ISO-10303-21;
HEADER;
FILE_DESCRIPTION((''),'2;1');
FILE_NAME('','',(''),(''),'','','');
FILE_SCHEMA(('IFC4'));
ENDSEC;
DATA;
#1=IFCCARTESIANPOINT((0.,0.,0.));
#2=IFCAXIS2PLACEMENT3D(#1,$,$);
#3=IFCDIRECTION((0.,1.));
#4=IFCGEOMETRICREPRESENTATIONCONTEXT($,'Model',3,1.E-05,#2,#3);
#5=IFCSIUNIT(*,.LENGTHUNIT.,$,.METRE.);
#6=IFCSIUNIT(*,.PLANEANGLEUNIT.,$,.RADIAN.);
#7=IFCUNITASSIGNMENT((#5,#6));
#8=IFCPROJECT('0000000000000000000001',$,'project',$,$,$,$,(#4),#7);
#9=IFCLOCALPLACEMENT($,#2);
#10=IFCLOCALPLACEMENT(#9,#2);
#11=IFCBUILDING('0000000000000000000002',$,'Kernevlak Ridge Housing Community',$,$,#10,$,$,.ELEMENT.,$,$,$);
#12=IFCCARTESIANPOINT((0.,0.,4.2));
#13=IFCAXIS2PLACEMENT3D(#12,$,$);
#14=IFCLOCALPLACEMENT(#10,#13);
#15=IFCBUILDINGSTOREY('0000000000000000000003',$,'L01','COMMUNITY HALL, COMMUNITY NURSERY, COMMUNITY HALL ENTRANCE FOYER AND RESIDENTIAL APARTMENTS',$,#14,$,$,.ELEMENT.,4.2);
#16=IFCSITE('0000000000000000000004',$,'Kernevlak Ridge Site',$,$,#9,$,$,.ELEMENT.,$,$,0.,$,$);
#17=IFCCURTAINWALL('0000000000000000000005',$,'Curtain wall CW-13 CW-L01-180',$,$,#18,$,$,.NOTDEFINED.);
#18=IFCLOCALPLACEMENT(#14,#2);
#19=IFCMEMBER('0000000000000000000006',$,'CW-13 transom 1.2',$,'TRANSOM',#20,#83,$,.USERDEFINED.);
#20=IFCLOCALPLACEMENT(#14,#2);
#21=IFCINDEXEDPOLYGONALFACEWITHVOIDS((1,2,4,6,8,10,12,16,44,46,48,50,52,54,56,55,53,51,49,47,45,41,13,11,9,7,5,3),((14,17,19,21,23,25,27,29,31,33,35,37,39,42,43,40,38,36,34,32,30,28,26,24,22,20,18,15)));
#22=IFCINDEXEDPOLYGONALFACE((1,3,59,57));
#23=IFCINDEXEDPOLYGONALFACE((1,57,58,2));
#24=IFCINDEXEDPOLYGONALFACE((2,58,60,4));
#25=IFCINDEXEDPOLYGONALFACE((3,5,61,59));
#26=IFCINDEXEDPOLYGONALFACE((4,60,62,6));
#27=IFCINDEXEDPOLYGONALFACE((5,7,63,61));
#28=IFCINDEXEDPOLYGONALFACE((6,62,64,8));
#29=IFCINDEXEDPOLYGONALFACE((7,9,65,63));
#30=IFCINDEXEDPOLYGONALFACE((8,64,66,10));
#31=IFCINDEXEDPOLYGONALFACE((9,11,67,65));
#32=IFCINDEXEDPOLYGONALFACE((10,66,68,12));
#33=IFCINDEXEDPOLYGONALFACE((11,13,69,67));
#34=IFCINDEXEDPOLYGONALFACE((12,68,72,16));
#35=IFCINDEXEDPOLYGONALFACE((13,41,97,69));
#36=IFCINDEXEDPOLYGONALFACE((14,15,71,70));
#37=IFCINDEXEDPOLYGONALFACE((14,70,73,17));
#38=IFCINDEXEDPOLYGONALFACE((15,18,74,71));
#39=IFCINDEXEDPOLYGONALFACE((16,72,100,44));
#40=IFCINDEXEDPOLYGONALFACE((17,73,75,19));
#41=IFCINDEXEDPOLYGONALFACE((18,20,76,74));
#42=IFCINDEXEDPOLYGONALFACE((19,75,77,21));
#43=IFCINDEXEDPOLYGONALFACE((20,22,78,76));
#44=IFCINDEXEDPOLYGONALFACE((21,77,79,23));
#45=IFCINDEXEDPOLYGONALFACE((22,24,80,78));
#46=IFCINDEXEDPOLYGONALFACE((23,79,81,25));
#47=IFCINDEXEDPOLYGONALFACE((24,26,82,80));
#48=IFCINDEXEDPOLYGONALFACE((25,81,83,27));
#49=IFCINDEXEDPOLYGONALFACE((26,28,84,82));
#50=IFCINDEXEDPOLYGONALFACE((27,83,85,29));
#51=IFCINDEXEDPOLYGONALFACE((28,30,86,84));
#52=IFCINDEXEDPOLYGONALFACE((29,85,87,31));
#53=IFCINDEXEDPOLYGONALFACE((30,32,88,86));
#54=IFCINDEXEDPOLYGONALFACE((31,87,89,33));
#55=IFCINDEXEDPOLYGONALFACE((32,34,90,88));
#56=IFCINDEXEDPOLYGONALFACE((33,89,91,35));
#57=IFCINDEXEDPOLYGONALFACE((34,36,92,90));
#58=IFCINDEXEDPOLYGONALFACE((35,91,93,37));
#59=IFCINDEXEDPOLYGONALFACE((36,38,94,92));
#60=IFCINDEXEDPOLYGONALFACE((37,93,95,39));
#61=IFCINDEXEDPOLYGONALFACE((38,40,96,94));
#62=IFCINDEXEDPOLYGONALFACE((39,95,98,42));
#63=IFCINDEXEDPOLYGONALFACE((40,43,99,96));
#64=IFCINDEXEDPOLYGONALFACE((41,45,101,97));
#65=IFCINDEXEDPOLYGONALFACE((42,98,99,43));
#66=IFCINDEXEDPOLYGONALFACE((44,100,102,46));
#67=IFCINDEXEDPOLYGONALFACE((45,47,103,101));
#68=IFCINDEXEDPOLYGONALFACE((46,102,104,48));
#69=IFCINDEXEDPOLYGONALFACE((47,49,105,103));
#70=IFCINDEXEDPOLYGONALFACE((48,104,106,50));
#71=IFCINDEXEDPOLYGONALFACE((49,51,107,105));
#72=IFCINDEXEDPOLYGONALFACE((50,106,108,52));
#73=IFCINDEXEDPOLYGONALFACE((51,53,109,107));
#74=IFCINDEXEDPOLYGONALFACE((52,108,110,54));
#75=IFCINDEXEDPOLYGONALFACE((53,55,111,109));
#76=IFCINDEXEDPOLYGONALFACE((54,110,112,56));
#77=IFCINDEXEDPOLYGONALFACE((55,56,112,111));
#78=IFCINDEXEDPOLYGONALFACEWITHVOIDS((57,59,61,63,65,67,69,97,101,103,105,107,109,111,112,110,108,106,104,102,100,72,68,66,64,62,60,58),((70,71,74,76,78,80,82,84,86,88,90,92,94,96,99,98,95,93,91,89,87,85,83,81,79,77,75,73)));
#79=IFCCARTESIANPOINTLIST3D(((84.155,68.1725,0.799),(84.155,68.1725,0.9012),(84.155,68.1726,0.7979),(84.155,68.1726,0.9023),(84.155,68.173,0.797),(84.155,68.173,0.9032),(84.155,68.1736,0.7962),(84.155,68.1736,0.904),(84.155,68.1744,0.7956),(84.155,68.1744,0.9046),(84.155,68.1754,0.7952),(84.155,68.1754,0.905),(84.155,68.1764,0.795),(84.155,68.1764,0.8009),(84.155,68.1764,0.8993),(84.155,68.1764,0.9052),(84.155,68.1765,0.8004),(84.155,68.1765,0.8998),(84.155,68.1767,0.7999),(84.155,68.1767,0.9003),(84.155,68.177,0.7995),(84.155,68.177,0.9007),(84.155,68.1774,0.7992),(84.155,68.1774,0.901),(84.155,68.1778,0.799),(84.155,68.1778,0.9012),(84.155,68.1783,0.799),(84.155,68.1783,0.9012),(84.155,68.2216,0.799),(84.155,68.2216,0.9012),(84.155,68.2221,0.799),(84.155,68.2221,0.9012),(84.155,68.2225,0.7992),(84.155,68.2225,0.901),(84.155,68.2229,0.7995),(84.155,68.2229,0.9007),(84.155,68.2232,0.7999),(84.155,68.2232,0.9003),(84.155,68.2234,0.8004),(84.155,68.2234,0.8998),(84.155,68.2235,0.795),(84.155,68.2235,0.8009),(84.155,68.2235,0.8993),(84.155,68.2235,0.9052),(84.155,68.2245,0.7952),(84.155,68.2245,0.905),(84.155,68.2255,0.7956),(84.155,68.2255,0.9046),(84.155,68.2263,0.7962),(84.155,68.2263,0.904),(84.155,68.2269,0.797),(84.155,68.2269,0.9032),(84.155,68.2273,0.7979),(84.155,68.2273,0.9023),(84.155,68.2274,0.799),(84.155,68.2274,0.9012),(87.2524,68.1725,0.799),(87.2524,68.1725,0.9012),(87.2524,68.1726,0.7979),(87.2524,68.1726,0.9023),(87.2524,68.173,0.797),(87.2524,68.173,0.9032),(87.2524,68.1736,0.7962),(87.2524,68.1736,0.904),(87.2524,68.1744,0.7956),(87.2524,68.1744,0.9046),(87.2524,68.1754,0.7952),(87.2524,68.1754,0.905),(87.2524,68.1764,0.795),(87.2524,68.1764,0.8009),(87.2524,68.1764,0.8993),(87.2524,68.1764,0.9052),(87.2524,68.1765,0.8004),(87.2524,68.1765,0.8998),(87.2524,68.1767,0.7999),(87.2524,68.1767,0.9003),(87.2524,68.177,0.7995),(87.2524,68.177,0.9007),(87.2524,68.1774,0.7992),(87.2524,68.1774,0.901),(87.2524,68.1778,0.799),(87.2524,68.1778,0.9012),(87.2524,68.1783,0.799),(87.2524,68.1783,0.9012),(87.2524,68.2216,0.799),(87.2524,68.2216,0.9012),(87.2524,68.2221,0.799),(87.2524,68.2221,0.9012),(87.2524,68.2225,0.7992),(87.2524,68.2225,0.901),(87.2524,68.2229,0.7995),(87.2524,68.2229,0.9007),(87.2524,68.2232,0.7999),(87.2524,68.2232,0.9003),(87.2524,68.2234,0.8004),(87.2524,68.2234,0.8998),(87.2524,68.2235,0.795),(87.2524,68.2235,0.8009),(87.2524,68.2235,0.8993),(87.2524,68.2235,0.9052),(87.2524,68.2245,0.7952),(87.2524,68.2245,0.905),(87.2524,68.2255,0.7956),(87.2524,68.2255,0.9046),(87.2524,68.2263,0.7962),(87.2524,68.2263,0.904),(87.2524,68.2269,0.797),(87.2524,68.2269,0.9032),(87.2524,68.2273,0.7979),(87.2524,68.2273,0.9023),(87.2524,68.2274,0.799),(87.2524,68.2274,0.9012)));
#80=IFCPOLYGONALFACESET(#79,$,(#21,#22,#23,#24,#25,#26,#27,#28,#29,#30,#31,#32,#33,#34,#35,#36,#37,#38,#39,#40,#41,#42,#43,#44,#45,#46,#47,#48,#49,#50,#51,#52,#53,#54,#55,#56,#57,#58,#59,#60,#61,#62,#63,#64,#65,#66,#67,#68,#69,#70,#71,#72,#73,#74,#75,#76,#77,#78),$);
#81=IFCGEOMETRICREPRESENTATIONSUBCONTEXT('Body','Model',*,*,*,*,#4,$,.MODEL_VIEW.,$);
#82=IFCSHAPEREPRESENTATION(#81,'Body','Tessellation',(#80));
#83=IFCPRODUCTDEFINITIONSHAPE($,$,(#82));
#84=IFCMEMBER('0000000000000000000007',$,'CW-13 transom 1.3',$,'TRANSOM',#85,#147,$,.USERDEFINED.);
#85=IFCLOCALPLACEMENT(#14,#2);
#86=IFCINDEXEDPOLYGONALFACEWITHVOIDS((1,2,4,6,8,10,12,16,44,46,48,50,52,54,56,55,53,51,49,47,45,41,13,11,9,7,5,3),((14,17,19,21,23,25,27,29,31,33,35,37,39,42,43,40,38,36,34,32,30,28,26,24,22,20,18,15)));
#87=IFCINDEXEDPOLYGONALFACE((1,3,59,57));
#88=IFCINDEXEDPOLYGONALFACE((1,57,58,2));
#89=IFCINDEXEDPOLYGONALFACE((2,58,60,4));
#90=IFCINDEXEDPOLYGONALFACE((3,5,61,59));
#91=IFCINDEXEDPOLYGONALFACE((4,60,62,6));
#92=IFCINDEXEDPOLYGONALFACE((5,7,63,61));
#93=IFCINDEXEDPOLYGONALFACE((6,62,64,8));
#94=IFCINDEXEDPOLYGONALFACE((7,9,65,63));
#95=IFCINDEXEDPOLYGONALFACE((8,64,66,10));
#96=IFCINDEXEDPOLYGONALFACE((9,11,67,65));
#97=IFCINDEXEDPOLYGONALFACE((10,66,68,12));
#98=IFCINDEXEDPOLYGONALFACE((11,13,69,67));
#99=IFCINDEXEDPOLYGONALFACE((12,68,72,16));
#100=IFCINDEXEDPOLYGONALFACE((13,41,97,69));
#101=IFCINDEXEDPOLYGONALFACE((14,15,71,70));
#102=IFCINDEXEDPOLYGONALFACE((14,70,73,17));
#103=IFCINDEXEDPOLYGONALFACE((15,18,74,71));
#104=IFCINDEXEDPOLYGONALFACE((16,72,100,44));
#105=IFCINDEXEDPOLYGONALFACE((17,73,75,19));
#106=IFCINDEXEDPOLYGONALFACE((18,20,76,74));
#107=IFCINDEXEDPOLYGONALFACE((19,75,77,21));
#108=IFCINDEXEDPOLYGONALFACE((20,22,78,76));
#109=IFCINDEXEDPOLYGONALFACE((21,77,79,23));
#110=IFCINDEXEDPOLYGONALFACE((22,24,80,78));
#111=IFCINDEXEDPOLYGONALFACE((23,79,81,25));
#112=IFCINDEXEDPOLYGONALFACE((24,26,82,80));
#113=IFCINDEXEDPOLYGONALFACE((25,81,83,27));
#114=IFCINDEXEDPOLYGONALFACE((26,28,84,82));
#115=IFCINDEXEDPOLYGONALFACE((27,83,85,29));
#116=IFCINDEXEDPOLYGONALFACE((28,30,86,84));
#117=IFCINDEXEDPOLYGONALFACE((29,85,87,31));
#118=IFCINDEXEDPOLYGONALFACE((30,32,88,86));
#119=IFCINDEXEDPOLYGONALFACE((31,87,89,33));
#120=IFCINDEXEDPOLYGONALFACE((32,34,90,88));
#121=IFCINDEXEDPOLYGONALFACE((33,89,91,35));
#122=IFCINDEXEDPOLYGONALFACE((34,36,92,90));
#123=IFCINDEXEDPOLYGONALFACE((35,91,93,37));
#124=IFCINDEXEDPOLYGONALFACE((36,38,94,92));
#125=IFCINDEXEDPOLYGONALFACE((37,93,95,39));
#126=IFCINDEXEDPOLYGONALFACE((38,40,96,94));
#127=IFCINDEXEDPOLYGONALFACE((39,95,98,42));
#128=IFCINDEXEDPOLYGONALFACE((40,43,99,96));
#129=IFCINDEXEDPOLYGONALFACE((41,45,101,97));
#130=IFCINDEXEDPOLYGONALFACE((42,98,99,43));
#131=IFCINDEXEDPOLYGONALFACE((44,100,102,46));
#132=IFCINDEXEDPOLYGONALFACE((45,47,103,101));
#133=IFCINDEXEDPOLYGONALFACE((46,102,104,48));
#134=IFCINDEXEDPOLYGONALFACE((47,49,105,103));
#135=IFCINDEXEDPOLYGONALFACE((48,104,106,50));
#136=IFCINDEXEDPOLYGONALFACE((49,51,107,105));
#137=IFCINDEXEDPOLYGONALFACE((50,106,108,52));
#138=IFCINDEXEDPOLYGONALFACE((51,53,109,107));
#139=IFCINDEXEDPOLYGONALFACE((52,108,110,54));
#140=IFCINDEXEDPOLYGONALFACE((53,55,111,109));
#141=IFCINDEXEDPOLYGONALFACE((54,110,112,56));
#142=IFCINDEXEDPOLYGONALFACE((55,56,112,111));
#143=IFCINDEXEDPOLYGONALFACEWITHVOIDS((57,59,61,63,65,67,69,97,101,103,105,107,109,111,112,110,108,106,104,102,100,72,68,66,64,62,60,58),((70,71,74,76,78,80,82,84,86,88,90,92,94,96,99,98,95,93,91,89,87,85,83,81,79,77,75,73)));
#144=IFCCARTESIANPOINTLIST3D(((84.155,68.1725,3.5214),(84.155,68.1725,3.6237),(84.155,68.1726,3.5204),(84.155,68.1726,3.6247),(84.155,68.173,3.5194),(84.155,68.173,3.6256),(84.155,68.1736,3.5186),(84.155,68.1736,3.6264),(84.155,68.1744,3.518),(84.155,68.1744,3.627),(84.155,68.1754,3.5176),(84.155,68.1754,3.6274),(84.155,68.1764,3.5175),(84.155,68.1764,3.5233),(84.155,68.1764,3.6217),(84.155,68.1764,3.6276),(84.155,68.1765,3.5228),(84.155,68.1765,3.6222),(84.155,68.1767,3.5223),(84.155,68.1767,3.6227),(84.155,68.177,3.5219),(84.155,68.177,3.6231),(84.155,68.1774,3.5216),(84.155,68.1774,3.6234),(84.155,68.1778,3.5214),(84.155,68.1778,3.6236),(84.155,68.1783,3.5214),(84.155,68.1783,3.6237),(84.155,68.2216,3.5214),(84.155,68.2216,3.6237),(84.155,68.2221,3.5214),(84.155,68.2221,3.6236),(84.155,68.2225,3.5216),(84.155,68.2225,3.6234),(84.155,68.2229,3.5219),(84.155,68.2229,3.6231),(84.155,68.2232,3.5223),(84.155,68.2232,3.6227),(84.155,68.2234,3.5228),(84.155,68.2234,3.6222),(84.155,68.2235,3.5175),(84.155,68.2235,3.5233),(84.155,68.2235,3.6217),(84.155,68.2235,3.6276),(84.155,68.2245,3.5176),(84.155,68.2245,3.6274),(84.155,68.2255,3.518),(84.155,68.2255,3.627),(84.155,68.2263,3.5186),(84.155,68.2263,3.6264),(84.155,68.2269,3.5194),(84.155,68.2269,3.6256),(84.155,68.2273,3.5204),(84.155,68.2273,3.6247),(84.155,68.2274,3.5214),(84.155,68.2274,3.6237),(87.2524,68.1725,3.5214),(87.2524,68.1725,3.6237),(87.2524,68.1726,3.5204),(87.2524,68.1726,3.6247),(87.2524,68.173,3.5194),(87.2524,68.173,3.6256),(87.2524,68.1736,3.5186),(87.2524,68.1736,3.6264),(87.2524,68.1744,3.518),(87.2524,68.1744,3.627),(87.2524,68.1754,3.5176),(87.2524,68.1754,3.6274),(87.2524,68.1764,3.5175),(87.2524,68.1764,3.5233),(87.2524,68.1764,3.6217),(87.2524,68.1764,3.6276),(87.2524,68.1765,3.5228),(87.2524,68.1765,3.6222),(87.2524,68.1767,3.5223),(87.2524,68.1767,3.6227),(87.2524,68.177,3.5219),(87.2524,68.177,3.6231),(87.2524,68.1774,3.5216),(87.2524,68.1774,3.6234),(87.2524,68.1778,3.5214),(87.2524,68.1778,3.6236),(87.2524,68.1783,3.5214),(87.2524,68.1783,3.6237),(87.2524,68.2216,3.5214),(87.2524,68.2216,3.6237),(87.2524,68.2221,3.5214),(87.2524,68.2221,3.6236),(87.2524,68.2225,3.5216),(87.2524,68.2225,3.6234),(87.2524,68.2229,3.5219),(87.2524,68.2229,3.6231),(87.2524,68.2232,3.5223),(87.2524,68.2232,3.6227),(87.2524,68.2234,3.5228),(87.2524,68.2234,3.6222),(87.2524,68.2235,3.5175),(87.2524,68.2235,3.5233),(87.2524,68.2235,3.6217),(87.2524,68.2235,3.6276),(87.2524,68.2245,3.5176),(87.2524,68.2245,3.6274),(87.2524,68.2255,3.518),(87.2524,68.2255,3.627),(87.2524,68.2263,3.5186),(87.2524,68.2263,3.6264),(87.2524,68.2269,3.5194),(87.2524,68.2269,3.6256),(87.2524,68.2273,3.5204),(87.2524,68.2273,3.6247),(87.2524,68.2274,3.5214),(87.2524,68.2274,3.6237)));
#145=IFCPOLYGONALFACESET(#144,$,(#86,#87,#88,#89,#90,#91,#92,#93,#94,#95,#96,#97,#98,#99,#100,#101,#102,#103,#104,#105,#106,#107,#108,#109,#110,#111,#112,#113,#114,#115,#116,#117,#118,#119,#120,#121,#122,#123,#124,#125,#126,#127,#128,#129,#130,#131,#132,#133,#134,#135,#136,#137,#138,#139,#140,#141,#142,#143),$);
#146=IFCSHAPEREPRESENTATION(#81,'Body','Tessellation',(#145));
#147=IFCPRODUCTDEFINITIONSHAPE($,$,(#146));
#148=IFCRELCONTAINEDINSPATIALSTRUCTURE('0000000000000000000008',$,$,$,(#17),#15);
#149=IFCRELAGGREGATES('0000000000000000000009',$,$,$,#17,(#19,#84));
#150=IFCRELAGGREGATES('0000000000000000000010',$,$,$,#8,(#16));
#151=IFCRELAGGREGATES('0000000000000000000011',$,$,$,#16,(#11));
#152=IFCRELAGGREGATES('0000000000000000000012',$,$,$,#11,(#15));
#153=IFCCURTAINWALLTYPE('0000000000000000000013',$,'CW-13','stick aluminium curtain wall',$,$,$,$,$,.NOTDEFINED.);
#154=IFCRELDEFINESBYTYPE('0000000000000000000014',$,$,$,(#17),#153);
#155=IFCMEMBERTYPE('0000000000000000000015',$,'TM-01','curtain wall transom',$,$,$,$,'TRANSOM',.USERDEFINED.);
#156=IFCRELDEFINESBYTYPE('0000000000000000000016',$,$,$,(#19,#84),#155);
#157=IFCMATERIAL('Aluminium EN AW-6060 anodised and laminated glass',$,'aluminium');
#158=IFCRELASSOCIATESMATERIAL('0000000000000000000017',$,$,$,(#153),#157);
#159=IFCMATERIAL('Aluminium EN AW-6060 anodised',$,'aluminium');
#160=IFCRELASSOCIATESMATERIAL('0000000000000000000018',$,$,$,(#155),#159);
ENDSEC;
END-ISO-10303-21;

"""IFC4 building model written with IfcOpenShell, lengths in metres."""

from ifc_helpers import new_model, si_unit, direction, frame, origin, origin_2d, place, context, subcontext, project, spatial, hollow_rectangle, extrude, material, material_profile, profile_set, type_object, element, aggregate, save


model = new_model("IFC4")

# Units and contexts
model_context = context("Model", 3, precision=1e-05, world=origin(), true_north=direction((0.0, 1.0)))
body_context = subcontext(model_context, "Body", "Model", "MODEL_VIEW")
ifc_project = project(units=[si_unit("LENGTHUNIT", "METRE"), si_unit("PLANEANGLEUNIT", "RADIAN")], contexts=[model_context])

# Site, building, storey
site_placement = place(None, origin())
site = spatial("IfcSite", under=ifc_project, at=site_placement, Name="Kernevlak Ridge Site", CompositionType="ELEMENT", RefElevation=0.0)
building_placement = place(site_placement, origin())
building = spatial("IfcBuilding", under=site, at=building_placement, Name="Kernevlak Ridge Housing Community", CompositionType="ELEMENT")
storey_placement = place(building_placement, frame((0.0, 0.0, 4.2)))
storey = spatial("IfcBuildingStorey", under=building, at=storey_placement, Name="L01", Description="COMMUNITY HALL, COMMUNITY NURSERY, COMMUNITY HALL ENTRANCE FOYER AND RESIDENTIAL APARTMENTS", CompositionType="ELEMENT", Elevation=4.2)

# Curtain wall
ifc_material_1 = material(Name="Aluminium EN AW-6060 anodised and laminated glass", Category="aluminium")
curtain_wall_type_1 = type_object("IfcCurtainWallType", Name="CW-13", Description="stick aluminium curtain wall", PredefinedType="NOTDEFINED", material=ifc_material_1)
curtain_wall_1_placement = place(storey_placement, origin())
curtain_wall_1 = element("IfcCurtainWall", 1, at=curtain_wall_1_placement, inside=storey, type_object=curtain_wall_type_1, Name="Curtain wall CW-13 CW-L01-180", PredefinedType="NOTDEFINED")
ifc_material_2 = material(Name="Aluminium EN AW-6060 anodised", Category="aluminium")

# Members
ifc_material_profile_1 = material_profile(ifc_material_2, hollow_rectangle(XDim=0.0549, YDim=0.1101, WallThickness=0.0039, InnerFilletRadius=0.002, OuterFilletRadius=0.0039, at=origin_2d()), Name="ALU 55x110x4")
ifc_profile_set_1 = profile_set([ifc_material_profile_1], Name="Aluminium EN AW-6060 anodised")
member_type_1 = type_object("IfcMemberType", Name="TM-01", Description="curtain wall transom", ElementType="TRANSOM", PredefinedType="USERDEFINED", material=ifc_profile_set_1)
member_1_placement = place(storey_placement, frame((84.155, 68.2, 0.8501), z_axis=(1.0, 0.0, 0.0), x_axis=(0.0, 1.0, 0.0)))
member_1 = element("IfcMember", 2, at=member_1_placement, type_object=member_type_1, Name="CW-13 transom 1.2", ObjectType="TRANSOM", PredefinedType="USERDEFINED", context=body_context, shape_type="SweptSolid", body=[
    extrude(hollow_rectangle(XDim=0.0549, YDim=0.1101, WallThickness=0.0039, InnerFilletRadius=0.002, OuterFilletRadius=0.0039, at=origin_2d()), origin(), (0.0, 0.0, 1.0), 3.0974),
])
member_2_placement = place(storey_placement, frame((84.155, 68.2, 3.5725), z_axis=(1.0, 0.0, 0.0), x_axis=(0.0, 1.0, 0.0)))
member_2 = element("IfcMember", 3, at=member_2_placement, type_object=member_type_1, Name="CW-13 transom 1.3", ObjectType="TRANSOM", PredefinedType="USERDEFINED", context=body_context, shape_type="SweptSolid", body=[
    extrude(hollow_rectangle(XDim=0.0549, YDim=0.1101, WallThickness=0.0039, InnerFilletRadius=0.002, OuterFilletRadius=0.0039, at=origin_2d()), origin(), (0.0, 0.0, 1.0), 3.0974),
])

aggregate(curtain_wall_1, [member_1, member_2])

save(model, "model.ifc")
